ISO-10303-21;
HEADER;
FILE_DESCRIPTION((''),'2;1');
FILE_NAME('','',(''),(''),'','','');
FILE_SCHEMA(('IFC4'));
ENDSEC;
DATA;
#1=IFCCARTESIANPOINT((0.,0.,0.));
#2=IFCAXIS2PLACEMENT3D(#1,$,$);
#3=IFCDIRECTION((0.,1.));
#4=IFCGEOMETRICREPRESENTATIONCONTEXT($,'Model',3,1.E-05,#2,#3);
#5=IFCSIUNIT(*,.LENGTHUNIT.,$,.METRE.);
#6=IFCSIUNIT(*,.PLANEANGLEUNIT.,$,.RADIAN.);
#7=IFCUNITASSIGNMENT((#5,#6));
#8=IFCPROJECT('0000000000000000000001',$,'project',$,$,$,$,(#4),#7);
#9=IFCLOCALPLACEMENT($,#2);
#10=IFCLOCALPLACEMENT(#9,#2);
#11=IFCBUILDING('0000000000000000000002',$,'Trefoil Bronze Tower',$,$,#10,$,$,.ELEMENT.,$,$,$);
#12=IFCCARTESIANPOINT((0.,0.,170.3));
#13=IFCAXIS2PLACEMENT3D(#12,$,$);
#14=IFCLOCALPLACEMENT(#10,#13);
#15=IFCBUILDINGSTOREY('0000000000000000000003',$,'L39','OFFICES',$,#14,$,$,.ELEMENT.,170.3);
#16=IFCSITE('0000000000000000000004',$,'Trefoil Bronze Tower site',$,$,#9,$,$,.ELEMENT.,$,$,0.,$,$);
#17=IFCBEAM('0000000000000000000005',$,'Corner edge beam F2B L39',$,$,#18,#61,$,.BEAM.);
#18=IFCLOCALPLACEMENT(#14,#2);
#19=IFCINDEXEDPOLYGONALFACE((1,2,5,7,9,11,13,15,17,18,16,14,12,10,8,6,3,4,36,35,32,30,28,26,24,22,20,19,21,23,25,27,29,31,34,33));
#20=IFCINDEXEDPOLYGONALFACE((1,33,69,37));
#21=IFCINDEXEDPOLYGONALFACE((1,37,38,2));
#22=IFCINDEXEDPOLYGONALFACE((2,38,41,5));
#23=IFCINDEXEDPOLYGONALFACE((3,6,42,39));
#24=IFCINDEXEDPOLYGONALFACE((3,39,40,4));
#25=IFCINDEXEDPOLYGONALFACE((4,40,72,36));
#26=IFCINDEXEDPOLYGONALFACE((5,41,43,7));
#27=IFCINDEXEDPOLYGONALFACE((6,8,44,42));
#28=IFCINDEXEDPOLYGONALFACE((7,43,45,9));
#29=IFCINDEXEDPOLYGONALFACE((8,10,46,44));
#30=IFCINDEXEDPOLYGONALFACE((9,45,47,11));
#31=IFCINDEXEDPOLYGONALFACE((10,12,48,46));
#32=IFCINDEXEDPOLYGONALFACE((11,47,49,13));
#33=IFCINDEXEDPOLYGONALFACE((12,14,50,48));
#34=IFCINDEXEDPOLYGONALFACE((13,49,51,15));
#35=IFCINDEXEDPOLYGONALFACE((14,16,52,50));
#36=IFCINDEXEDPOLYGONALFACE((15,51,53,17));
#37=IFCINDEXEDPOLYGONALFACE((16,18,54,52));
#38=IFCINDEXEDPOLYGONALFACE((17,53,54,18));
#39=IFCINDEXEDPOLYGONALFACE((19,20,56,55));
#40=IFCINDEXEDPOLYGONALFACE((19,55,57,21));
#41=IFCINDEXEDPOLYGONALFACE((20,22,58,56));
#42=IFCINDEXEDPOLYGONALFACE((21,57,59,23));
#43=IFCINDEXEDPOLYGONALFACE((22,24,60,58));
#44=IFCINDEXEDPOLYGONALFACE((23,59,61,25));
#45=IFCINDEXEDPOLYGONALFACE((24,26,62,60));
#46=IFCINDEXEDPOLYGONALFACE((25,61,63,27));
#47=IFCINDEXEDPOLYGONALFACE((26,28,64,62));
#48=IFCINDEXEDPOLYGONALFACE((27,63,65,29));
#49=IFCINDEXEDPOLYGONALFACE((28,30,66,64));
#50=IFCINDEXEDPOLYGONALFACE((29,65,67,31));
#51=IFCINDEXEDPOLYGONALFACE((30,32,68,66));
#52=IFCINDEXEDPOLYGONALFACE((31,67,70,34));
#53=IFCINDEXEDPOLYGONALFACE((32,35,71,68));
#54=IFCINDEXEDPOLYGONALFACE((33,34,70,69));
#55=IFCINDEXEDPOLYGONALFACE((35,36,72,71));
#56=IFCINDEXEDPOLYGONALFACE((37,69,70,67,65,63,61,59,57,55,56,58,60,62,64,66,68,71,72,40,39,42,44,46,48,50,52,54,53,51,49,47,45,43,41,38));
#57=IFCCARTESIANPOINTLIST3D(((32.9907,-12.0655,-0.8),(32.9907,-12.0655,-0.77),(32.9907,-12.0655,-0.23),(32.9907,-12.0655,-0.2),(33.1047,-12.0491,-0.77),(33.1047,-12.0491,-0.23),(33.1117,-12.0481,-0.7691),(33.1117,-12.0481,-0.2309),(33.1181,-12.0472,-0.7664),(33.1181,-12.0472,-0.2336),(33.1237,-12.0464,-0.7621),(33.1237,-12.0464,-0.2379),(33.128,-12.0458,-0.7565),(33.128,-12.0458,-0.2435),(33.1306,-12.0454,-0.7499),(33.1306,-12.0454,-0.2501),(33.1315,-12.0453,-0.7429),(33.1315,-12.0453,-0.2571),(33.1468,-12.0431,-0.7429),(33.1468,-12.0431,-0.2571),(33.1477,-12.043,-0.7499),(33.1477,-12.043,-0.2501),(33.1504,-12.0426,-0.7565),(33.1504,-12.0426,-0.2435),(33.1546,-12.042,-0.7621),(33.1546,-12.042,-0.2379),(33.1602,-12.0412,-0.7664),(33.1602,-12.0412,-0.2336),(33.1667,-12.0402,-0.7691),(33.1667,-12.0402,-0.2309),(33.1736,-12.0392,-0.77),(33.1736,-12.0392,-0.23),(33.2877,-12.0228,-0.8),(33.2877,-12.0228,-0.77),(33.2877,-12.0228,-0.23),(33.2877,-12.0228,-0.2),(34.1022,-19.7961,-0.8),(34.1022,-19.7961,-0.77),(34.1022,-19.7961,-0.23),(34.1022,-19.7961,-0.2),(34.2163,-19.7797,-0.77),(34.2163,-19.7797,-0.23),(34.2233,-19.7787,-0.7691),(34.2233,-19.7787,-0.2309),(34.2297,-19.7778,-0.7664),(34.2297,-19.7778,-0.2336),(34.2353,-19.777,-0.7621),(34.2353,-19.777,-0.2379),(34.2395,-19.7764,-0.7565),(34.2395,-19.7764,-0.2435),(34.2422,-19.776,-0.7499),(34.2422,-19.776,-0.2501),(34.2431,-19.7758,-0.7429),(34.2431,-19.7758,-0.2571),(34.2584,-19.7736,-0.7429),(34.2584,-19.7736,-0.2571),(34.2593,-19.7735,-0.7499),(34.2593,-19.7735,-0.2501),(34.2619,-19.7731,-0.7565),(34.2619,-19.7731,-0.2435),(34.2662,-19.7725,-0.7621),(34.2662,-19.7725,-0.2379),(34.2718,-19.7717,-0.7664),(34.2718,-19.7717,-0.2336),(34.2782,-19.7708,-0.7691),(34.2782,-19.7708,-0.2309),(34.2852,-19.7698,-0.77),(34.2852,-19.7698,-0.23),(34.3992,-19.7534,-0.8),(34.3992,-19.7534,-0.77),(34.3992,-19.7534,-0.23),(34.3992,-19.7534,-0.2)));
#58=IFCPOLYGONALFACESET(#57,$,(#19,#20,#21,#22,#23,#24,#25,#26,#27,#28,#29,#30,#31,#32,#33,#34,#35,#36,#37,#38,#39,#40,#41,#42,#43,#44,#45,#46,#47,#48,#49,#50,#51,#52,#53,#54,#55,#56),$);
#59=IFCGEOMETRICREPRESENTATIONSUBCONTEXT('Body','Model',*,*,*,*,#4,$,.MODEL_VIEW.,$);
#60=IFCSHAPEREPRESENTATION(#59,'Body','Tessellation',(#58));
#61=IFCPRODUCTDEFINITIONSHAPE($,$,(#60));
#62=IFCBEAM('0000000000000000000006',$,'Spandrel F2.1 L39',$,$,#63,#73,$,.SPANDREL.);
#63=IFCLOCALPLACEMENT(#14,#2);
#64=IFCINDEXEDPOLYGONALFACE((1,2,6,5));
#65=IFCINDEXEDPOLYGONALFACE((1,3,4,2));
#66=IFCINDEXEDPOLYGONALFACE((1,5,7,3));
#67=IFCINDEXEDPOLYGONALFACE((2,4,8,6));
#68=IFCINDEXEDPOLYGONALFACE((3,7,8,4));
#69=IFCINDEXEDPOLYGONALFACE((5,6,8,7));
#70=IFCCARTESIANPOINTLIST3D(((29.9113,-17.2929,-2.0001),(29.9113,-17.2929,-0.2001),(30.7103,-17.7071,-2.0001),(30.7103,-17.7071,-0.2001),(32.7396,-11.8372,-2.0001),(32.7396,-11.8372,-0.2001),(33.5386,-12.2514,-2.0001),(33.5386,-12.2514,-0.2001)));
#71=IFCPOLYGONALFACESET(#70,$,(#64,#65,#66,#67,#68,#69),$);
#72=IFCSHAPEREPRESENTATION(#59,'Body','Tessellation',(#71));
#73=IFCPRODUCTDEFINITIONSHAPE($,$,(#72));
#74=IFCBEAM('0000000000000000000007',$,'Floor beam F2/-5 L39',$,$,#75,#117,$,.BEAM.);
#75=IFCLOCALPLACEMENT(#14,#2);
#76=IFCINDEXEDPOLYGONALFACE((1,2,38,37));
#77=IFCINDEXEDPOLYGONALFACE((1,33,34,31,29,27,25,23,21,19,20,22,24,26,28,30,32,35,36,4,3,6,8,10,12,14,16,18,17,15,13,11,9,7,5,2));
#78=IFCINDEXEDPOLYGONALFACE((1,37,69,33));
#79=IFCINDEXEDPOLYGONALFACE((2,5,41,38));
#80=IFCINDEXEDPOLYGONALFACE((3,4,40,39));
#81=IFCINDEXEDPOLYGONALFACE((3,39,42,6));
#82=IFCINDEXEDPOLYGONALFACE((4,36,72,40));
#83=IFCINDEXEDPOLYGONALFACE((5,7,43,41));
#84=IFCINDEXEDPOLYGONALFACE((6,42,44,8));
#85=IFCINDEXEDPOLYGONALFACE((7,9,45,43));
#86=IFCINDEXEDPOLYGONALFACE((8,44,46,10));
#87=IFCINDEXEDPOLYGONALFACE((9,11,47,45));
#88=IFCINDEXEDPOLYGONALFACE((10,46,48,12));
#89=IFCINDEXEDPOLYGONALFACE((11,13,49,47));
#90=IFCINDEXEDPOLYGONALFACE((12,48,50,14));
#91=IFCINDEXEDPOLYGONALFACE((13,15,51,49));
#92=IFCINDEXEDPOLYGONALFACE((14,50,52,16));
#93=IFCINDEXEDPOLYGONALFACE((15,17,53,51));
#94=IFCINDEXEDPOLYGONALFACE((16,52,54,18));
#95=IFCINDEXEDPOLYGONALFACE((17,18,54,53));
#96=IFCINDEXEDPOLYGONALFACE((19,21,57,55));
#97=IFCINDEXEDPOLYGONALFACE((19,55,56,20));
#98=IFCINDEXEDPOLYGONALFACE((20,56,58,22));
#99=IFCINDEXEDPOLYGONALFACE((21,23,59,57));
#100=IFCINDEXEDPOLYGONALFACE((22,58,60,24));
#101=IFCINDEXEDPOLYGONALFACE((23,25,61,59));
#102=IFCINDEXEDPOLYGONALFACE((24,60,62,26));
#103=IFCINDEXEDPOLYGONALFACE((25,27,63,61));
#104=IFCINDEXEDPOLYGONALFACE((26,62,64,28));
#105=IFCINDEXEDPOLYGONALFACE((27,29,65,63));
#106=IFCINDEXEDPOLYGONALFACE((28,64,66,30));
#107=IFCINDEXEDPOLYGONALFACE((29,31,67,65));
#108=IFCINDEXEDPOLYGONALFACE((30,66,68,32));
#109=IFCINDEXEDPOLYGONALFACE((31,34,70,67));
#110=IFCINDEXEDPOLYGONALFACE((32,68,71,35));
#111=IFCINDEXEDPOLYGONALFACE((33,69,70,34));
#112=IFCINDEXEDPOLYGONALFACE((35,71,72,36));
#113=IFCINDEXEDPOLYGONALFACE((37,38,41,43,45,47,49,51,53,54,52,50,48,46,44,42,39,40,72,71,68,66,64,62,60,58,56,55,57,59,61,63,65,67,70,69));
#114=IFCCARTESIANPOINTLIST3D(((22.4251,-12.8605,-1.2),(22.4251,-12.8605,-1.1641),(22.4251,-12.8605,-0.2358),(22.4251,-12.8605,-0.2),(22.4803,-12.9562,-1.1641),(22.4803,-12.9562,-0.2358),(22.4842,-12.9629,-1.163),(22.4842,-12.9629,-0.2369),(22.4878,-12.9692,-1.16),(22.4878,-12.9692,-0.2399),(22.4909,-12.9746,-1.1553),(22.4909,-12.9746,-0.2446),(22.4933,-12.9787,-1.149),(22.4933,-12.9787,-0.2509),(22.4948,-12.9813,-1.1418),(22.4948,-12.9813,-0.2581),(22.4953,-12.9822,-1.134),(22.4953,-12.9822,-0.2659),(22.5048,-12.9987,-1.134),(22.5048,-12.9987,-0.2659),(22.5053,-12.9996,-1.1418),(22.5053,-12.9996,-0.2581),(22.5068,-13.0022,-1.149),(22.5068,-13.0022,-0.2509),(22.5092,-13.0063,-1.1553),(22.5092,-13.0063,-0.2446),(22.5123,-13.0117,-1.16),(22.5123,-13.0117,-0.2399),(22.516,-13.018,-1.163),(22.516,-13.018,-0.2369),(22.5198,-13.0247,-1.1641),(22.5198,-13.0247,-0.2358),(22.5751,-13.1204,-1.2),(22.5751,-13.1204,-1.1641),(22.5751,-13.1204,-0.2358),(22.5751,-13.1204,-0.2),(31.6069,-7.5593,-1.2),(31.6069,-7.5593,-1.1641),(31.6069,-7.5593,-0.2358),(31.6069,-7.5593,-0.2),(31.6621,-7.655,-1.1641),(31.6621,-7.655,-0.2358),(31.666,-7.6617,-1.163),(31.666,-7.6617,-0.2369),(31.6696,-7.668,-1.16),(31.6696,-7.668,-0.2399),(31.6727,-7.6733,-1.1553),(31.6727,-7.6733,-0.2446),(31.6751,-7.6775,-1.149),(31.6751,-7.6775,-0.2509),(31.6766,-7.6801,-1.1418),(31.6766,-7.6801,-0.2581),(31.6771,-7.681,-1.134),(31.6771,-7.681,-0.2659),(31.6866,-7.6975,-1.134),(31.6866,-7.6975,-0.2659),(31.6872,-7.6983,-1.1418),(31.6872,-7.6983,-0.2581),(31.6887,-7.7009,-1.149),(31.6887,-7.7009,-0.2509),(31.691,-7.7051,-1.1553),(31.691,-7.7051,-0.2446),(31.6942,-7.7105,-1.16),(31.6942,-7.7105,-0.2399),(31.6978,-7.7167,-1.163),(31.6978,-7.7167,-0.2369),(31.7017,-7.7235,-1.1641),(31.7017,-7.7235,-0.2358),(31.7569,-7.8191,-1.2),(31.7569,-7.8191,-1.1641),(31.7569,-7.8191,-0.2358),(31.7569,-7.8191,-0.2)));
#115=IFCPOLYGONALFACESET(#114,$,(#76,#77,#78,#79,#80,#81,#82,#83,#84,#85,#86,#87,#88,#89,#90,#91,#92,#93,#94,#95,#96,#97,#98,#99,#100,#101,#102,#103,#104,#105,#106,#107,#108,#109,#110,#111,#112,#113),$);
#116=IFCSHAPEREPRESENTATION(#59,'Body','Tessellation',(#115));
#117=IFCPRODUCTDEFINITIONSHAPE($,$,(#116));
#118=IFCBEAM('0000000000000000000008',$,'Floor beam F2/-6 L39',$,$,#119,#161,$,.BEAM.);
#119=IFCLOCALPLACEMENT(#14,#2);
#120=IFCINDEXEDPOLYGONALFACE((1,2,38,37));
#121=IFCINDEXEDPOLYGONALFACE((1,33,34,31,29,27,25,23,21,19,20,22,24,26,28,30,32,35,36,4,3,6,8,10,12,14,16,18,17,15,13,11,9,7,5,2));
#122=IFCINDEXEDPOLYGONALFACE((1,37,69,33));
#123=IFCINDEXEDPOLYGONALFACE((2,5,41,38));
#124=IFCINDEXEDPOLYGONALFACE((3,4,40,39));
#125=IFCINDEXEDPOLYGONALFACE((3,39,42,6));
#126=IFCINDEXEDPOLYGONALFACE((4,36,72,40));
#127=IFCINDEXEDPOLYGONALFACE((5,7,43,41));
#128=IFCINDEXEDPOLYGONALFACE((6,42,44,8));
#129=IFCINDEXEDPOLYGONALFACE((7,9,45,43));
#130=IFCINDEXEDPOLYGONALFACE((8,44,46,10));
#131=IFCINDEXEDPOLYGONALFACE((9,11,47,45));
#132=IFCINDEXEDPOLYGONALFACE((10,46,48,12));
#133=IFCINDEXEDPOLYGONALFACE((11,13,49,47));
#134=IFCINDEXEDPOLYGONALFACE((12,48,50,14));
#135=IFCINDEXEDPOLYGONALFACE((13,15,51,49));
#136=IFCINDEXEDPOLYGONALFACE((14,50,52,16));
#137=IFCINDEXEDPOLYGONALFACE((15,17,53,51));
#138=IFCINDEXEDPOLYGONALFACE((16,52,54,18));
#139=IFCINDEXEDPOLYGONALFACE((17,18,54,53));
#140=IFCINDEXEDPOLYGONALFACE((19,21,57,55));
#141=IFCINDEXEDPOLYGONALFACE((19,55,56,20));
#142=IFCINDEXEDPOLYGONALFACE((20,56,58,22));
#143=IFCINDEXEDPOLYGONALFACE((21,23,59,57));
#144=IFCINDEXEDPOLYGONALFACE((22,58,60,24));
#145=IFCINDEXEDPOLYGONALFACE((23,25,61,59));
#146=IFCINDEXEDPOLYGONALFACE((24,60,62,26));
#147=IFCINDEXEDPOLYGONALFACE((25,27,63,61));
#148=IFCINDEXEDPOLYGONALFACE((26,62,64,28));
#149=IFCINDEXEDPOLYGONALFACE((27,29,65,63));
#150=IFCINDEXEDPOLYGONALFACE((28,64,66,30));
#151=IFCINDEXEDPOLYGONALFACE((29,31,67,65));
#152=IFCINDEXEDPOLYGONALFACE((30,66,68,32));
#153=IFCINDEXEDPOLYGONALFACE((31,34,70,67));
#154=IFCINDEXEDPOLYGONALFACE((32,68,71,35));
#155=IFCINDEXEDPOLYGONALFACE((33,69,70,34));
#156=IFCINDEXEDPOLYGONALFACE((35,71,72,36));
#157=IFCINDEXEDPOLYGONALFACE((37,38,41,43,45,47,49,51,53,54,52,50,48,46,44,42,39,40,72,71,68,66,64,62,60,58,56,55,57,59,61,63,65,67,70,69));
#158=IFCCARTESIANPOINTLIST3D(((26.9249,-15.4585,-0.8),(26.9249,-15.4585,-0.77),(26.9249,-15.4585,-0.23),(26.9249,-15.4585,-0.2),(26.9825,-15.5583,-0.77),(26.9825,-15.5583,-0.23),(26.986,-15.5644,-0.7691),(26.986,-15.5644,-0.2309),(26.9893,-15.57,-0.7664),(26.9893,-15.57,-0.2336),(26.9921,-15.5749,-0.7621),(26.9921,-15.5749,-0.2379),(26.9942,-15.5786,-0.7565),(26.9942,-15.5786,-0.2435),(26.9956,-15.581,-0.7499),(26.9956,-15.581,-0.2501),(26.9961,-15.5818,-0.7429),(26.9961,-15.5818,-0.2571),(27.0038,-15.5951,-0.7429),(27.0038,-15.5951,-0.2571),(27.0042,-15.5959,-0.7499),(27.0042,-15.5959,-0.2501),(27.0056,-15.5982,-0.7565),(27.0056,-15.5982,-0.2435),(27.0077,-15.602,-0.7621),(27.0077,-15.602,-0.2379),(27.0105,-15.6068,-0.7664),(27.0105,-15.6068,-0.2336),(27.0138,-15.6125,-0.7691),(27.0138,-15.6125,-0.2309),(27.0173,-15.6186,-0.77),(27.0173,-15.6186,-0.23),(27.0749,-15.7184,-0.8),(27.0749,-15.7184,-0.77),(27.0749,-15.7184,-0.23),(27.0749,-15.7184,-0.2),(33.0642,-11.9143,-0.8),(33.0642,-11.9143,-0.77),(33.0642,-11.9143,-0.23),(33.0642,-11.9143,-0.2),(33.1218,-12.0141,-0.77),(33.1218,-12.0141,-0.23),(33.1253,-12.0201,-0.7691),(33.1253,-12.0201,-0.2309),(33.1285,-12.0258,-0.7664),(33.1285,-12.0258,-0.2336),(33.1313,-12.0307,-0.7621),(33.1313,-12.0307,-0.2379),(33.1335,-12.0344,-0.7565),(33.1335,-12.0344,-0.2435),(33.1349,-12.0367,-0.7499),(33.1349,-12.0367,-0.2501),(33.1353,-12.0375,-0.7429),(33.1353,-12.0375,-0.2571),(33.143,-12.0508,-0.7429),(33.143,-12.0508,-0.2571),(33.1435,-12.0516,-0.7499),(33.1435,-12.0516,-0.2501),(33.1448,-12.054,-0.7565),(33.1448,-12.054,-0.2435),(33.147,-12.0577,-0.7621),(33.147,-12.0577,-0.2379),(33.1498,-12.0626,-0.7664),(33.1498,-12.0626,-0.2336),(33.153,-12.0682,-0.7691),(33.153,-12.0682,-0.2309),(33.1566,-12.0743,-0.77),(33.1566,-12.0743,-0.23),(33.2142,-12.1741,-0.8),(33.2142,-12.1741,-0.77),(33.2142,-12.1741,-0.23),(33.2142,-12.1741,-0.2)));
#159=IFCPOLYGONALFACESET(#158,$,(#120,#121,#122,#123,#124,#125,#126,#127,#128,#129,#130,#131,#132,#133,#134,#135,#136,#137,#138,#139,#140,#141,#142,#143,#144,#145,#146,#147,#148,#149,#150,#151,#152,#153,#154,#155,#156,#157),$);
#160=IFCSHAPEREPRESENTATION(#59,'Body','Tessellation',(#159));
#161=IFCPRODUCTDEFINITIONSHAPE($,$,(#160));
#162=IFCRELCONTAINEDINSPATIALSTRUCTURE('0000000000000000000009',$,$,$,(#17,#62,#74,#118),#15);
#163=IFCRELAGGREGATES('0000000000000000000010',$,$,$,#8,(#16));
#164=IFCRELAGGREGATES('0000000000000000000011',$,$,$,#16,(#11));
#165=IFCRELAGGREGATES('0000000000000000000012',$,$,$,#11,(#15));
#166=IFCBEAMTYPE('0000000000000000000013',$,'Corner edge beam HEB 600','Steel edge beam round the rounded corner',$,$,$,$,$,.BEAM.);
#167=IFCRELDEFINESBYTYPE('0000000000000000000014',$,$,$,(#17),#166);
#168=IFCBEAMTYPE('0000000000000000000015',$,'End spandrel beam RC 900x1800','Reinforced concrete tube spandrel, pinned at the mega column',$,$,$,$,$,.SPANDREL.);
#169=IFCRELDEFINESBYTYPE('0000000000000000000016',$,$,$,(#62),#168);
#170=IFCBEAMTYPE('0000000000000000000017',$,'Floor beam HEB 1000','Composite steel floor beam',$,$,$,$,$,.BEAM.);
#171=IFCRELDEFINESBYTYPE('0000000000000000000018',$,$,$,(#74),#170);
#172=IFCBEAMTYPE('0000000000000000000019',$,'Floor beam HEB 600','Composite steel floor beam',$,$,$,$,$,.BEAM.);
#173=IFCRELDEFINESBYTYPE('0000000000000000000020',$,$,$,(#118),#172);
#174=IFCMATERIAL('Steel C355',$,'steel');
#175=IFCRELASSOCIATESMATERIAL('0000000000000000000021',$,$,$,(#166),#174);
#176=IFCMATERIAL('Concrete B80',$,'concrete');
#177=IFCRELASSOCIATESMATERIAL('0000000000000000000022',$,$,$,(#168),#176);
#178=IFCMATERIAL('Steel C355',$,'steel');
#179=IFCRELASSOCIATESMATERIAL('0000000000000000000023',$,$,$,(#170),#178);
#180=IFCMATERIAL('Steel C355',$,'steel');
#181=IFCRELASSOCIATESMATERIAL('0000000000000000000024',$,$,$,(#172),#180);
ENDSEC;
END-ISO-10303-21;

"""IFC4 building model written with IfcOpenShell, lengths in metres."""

from ifc_helpers import new_model, si_unit, direction, frame, origin, origin_2d, place, context, subcontext, project, spatial, rectangle, i_section, extrude, material, material_profile, profile_set, type_object, element, save


model = new_model("IFC4")

# Units and contexts
model_context = context("Model", 3, precision=1e-05, world=origin(), true_north=direction((0.0, 1.0)))
body_context = subcontext(model_context, "Body", "Model", "MODEL_VIEW")
ifc_project = project(units=[si_unit("LENGTHUNIT", "METRE"), si_unit("PLANEANGLEUNIT", "RADIAN")], contexts=[model_context])

# Site, building, storey
site_placement = place(None, origin())
site = spatial("IfcSite", under=ifc_project, at=site_placement, Name="Trefoil Bronze Tower site", CompositionType="ELEMENT", RefElevation=0.0)
building_placement = place(site_placement, origin())
building = spatial("IfcBuilding", under=site, at=building_placement, Name="Trefoil Bronze Tower", CompositionType="ELEMENT")
storey_placement = place(building_placement, frame((0.0, 0.0, 170.3)))
storey = spatial("IfcBuildingStorey", under=building, at=storey_placement, Name="L39", Description="OFFICES", CompositionType="ELEMENT", Elevation=170.3)

# Beams
ifc_material_1 = material(Name="Steel C355", Category="steel")
ifc_material_profile_1 = material_profile(ifc_material_1, i_section(OverallWidth=0.3, OverallDepth=0.6001, WebThickness=0.0154, FlangeThickness=0.03, FilletRadius=0.0271, at=origin_2d()), Name="HEB 600")
ifc_profile_set_1 = profile_set([ifc_material_profile_1], Name="Steel C355")
beam_type_1 = type_object("IfcBeamType", Name="Corner edge beam HEB 600", Description="Steel edge beam round the rounded corner", PredefinedType="BEAM", material=ifc_profile_set_1)
beam_1_placement = place(storey_placement, frame((33.1392, -12.0442, -0.5), z_axis=(0.142327, -0.98982, 0.0), x_axis=(0.98982, 0.142327, 0.0)))
element("IfcBeam", 1, at=beam_1_placement, inside=storey, type_object=beam_type_1, Name="Corner edge beam F2B L39", PredefinedType="BEAM", context=body_context, shape_type="SweptSolid", body=[
    extrude(i_section(OverallWidth=0.3, OverallDepth=0.6001, WebThickness=0.0154, FlangeThickness=0.03, FilletRadius=0.0271, at=origin_2d()), origin(), (0.0, 0.0, 1.0), 7.8101),
])
ifc_material_2 = material(Name="Concrete B80", Category="concrete")
ifc_material_profile_2 = material_profile(ifc_material_2, rectangle(XDim=0.8999, YDim=1.8, at=origin_2d()), Name="RC 900x1800")
ifc_profile_set_2 = profile_set([ifc_material_profile_2], Name="Concrete B80")
beam_type_2 = type_object("IfcBeamType", Name="End spandrel beam RC 900x1800", Description="Reinforced concrete tube spandrel, pinned at the mega column", PredefinedType="SPANDREL", material=ifc_profile_set_2)
beam_2_placement = place(storey_placement, frame((30.3108, -17.5, -1.1001), z_axis=(0.460244, 0.887792, 0.0), x_axis=(-0.887792, 0.460244, 0.0)))
element("IfcBeam", 2, at=beam_2_placement, inside=storey, type_object=beam_type_2, Name="Spandrel F2.1 L39", PredefinedType="SPANDREL", context=body_context, shape_type="SweptSolid", body=[
    extrude(rectangle(XDim=0.8999, YDim=1.8, at=origin_2d()), origin(), (0.0, 0.0, 1.0), 6.1453),
])
ifc_material_3 = material(Name="Steel C355", Category="steel")
ifc_material_profile_3 = material_profile(ifc_material_3, i_section(OverallWidth=0.3, OverallDepth=1.0, WebThickness=0.019, FlangeThickness=0.0359, FilletRadius=0.03, at=origin_2d()), Name="HEB 1000")
ifc_profile_set_3 = profile_set([ifc_material_profile_3], Name="Steel C355")
beam_type_3 = type_object("IfcBeamType", Name="Floor beam HEB 1000", Description="Composite steel floor beam", PredefinedType="BEAM", material=ifc_profile_set_3)
beam_3_placement = place(storey_placement, frame((31.6819, -7.6892, -0.7), z_axis=(-0.866021, -0.500007, 0.0), x_axis=(0.500007, -0.866021, 0.0)))
element("IfcBeam", 3, at=beam_3_placement, inside=storey, type_object=beam_type_3, Name="Floor beam F2/-5 L39", PredefinedType="BEAM", context=body_context, shape_type="SweptSolid", body=[
    extrude(i_section(OverallWidth=0.3, OverallDepth=1.0, WebThickness=0.019, FlangeThickness=0.0359, FilletRadius=0.03, at=origin_2d()), origin(), (0.0, 0.0, 1.0), 10.6023),
])
ifc_material_4 = material(Name="Steel C355", Category="steel")
ifc_material_profile_4 = material_profile(ifc_material_4, i_section(OverallWidth=0.3, OverallDepth=0.6001, WebThickness=0.0154, FlangeThickness=0.03, FilletRadius=0.0271, at=origin_2d()), Name="HEB 600")
ifc_profile_set_4 = profile_set([ifc_material_profile_4], Name="Steel C355")
beam_type_4 = type_object("IfcBeamType", Name="Floor beam HEB 600", Description="Composite steel floor beam", PredefinedType="BEAM", material=ifc_profile_set_4)
beam_4_placement = place(storey_placement, frame((33.1392, -12.0442, -0.5), z_axis=(-0.866041, -0.499973, 0.0), x_axis=(0.499973, -0.866041, 0.0)))
element("IfcBeam", 4, at=beam_4_placement, inside=storey, type_object=beam_type_4, Name="Floor beam F2/-6 L39", PredefinedType="BEAM", context=body_context, shape_type="SweptSolid", body=[
    extrude(i_section(OverallWidth=0.3, OverallDepth=0.6001, WebThickness=0.0154, FlangeThickness=0.03, FilletRadius=0.0271, at=origin_2d()), origin(), (0.0, 0.0, 1.0), 7.0889),
])

save(model, "model.ifc")
